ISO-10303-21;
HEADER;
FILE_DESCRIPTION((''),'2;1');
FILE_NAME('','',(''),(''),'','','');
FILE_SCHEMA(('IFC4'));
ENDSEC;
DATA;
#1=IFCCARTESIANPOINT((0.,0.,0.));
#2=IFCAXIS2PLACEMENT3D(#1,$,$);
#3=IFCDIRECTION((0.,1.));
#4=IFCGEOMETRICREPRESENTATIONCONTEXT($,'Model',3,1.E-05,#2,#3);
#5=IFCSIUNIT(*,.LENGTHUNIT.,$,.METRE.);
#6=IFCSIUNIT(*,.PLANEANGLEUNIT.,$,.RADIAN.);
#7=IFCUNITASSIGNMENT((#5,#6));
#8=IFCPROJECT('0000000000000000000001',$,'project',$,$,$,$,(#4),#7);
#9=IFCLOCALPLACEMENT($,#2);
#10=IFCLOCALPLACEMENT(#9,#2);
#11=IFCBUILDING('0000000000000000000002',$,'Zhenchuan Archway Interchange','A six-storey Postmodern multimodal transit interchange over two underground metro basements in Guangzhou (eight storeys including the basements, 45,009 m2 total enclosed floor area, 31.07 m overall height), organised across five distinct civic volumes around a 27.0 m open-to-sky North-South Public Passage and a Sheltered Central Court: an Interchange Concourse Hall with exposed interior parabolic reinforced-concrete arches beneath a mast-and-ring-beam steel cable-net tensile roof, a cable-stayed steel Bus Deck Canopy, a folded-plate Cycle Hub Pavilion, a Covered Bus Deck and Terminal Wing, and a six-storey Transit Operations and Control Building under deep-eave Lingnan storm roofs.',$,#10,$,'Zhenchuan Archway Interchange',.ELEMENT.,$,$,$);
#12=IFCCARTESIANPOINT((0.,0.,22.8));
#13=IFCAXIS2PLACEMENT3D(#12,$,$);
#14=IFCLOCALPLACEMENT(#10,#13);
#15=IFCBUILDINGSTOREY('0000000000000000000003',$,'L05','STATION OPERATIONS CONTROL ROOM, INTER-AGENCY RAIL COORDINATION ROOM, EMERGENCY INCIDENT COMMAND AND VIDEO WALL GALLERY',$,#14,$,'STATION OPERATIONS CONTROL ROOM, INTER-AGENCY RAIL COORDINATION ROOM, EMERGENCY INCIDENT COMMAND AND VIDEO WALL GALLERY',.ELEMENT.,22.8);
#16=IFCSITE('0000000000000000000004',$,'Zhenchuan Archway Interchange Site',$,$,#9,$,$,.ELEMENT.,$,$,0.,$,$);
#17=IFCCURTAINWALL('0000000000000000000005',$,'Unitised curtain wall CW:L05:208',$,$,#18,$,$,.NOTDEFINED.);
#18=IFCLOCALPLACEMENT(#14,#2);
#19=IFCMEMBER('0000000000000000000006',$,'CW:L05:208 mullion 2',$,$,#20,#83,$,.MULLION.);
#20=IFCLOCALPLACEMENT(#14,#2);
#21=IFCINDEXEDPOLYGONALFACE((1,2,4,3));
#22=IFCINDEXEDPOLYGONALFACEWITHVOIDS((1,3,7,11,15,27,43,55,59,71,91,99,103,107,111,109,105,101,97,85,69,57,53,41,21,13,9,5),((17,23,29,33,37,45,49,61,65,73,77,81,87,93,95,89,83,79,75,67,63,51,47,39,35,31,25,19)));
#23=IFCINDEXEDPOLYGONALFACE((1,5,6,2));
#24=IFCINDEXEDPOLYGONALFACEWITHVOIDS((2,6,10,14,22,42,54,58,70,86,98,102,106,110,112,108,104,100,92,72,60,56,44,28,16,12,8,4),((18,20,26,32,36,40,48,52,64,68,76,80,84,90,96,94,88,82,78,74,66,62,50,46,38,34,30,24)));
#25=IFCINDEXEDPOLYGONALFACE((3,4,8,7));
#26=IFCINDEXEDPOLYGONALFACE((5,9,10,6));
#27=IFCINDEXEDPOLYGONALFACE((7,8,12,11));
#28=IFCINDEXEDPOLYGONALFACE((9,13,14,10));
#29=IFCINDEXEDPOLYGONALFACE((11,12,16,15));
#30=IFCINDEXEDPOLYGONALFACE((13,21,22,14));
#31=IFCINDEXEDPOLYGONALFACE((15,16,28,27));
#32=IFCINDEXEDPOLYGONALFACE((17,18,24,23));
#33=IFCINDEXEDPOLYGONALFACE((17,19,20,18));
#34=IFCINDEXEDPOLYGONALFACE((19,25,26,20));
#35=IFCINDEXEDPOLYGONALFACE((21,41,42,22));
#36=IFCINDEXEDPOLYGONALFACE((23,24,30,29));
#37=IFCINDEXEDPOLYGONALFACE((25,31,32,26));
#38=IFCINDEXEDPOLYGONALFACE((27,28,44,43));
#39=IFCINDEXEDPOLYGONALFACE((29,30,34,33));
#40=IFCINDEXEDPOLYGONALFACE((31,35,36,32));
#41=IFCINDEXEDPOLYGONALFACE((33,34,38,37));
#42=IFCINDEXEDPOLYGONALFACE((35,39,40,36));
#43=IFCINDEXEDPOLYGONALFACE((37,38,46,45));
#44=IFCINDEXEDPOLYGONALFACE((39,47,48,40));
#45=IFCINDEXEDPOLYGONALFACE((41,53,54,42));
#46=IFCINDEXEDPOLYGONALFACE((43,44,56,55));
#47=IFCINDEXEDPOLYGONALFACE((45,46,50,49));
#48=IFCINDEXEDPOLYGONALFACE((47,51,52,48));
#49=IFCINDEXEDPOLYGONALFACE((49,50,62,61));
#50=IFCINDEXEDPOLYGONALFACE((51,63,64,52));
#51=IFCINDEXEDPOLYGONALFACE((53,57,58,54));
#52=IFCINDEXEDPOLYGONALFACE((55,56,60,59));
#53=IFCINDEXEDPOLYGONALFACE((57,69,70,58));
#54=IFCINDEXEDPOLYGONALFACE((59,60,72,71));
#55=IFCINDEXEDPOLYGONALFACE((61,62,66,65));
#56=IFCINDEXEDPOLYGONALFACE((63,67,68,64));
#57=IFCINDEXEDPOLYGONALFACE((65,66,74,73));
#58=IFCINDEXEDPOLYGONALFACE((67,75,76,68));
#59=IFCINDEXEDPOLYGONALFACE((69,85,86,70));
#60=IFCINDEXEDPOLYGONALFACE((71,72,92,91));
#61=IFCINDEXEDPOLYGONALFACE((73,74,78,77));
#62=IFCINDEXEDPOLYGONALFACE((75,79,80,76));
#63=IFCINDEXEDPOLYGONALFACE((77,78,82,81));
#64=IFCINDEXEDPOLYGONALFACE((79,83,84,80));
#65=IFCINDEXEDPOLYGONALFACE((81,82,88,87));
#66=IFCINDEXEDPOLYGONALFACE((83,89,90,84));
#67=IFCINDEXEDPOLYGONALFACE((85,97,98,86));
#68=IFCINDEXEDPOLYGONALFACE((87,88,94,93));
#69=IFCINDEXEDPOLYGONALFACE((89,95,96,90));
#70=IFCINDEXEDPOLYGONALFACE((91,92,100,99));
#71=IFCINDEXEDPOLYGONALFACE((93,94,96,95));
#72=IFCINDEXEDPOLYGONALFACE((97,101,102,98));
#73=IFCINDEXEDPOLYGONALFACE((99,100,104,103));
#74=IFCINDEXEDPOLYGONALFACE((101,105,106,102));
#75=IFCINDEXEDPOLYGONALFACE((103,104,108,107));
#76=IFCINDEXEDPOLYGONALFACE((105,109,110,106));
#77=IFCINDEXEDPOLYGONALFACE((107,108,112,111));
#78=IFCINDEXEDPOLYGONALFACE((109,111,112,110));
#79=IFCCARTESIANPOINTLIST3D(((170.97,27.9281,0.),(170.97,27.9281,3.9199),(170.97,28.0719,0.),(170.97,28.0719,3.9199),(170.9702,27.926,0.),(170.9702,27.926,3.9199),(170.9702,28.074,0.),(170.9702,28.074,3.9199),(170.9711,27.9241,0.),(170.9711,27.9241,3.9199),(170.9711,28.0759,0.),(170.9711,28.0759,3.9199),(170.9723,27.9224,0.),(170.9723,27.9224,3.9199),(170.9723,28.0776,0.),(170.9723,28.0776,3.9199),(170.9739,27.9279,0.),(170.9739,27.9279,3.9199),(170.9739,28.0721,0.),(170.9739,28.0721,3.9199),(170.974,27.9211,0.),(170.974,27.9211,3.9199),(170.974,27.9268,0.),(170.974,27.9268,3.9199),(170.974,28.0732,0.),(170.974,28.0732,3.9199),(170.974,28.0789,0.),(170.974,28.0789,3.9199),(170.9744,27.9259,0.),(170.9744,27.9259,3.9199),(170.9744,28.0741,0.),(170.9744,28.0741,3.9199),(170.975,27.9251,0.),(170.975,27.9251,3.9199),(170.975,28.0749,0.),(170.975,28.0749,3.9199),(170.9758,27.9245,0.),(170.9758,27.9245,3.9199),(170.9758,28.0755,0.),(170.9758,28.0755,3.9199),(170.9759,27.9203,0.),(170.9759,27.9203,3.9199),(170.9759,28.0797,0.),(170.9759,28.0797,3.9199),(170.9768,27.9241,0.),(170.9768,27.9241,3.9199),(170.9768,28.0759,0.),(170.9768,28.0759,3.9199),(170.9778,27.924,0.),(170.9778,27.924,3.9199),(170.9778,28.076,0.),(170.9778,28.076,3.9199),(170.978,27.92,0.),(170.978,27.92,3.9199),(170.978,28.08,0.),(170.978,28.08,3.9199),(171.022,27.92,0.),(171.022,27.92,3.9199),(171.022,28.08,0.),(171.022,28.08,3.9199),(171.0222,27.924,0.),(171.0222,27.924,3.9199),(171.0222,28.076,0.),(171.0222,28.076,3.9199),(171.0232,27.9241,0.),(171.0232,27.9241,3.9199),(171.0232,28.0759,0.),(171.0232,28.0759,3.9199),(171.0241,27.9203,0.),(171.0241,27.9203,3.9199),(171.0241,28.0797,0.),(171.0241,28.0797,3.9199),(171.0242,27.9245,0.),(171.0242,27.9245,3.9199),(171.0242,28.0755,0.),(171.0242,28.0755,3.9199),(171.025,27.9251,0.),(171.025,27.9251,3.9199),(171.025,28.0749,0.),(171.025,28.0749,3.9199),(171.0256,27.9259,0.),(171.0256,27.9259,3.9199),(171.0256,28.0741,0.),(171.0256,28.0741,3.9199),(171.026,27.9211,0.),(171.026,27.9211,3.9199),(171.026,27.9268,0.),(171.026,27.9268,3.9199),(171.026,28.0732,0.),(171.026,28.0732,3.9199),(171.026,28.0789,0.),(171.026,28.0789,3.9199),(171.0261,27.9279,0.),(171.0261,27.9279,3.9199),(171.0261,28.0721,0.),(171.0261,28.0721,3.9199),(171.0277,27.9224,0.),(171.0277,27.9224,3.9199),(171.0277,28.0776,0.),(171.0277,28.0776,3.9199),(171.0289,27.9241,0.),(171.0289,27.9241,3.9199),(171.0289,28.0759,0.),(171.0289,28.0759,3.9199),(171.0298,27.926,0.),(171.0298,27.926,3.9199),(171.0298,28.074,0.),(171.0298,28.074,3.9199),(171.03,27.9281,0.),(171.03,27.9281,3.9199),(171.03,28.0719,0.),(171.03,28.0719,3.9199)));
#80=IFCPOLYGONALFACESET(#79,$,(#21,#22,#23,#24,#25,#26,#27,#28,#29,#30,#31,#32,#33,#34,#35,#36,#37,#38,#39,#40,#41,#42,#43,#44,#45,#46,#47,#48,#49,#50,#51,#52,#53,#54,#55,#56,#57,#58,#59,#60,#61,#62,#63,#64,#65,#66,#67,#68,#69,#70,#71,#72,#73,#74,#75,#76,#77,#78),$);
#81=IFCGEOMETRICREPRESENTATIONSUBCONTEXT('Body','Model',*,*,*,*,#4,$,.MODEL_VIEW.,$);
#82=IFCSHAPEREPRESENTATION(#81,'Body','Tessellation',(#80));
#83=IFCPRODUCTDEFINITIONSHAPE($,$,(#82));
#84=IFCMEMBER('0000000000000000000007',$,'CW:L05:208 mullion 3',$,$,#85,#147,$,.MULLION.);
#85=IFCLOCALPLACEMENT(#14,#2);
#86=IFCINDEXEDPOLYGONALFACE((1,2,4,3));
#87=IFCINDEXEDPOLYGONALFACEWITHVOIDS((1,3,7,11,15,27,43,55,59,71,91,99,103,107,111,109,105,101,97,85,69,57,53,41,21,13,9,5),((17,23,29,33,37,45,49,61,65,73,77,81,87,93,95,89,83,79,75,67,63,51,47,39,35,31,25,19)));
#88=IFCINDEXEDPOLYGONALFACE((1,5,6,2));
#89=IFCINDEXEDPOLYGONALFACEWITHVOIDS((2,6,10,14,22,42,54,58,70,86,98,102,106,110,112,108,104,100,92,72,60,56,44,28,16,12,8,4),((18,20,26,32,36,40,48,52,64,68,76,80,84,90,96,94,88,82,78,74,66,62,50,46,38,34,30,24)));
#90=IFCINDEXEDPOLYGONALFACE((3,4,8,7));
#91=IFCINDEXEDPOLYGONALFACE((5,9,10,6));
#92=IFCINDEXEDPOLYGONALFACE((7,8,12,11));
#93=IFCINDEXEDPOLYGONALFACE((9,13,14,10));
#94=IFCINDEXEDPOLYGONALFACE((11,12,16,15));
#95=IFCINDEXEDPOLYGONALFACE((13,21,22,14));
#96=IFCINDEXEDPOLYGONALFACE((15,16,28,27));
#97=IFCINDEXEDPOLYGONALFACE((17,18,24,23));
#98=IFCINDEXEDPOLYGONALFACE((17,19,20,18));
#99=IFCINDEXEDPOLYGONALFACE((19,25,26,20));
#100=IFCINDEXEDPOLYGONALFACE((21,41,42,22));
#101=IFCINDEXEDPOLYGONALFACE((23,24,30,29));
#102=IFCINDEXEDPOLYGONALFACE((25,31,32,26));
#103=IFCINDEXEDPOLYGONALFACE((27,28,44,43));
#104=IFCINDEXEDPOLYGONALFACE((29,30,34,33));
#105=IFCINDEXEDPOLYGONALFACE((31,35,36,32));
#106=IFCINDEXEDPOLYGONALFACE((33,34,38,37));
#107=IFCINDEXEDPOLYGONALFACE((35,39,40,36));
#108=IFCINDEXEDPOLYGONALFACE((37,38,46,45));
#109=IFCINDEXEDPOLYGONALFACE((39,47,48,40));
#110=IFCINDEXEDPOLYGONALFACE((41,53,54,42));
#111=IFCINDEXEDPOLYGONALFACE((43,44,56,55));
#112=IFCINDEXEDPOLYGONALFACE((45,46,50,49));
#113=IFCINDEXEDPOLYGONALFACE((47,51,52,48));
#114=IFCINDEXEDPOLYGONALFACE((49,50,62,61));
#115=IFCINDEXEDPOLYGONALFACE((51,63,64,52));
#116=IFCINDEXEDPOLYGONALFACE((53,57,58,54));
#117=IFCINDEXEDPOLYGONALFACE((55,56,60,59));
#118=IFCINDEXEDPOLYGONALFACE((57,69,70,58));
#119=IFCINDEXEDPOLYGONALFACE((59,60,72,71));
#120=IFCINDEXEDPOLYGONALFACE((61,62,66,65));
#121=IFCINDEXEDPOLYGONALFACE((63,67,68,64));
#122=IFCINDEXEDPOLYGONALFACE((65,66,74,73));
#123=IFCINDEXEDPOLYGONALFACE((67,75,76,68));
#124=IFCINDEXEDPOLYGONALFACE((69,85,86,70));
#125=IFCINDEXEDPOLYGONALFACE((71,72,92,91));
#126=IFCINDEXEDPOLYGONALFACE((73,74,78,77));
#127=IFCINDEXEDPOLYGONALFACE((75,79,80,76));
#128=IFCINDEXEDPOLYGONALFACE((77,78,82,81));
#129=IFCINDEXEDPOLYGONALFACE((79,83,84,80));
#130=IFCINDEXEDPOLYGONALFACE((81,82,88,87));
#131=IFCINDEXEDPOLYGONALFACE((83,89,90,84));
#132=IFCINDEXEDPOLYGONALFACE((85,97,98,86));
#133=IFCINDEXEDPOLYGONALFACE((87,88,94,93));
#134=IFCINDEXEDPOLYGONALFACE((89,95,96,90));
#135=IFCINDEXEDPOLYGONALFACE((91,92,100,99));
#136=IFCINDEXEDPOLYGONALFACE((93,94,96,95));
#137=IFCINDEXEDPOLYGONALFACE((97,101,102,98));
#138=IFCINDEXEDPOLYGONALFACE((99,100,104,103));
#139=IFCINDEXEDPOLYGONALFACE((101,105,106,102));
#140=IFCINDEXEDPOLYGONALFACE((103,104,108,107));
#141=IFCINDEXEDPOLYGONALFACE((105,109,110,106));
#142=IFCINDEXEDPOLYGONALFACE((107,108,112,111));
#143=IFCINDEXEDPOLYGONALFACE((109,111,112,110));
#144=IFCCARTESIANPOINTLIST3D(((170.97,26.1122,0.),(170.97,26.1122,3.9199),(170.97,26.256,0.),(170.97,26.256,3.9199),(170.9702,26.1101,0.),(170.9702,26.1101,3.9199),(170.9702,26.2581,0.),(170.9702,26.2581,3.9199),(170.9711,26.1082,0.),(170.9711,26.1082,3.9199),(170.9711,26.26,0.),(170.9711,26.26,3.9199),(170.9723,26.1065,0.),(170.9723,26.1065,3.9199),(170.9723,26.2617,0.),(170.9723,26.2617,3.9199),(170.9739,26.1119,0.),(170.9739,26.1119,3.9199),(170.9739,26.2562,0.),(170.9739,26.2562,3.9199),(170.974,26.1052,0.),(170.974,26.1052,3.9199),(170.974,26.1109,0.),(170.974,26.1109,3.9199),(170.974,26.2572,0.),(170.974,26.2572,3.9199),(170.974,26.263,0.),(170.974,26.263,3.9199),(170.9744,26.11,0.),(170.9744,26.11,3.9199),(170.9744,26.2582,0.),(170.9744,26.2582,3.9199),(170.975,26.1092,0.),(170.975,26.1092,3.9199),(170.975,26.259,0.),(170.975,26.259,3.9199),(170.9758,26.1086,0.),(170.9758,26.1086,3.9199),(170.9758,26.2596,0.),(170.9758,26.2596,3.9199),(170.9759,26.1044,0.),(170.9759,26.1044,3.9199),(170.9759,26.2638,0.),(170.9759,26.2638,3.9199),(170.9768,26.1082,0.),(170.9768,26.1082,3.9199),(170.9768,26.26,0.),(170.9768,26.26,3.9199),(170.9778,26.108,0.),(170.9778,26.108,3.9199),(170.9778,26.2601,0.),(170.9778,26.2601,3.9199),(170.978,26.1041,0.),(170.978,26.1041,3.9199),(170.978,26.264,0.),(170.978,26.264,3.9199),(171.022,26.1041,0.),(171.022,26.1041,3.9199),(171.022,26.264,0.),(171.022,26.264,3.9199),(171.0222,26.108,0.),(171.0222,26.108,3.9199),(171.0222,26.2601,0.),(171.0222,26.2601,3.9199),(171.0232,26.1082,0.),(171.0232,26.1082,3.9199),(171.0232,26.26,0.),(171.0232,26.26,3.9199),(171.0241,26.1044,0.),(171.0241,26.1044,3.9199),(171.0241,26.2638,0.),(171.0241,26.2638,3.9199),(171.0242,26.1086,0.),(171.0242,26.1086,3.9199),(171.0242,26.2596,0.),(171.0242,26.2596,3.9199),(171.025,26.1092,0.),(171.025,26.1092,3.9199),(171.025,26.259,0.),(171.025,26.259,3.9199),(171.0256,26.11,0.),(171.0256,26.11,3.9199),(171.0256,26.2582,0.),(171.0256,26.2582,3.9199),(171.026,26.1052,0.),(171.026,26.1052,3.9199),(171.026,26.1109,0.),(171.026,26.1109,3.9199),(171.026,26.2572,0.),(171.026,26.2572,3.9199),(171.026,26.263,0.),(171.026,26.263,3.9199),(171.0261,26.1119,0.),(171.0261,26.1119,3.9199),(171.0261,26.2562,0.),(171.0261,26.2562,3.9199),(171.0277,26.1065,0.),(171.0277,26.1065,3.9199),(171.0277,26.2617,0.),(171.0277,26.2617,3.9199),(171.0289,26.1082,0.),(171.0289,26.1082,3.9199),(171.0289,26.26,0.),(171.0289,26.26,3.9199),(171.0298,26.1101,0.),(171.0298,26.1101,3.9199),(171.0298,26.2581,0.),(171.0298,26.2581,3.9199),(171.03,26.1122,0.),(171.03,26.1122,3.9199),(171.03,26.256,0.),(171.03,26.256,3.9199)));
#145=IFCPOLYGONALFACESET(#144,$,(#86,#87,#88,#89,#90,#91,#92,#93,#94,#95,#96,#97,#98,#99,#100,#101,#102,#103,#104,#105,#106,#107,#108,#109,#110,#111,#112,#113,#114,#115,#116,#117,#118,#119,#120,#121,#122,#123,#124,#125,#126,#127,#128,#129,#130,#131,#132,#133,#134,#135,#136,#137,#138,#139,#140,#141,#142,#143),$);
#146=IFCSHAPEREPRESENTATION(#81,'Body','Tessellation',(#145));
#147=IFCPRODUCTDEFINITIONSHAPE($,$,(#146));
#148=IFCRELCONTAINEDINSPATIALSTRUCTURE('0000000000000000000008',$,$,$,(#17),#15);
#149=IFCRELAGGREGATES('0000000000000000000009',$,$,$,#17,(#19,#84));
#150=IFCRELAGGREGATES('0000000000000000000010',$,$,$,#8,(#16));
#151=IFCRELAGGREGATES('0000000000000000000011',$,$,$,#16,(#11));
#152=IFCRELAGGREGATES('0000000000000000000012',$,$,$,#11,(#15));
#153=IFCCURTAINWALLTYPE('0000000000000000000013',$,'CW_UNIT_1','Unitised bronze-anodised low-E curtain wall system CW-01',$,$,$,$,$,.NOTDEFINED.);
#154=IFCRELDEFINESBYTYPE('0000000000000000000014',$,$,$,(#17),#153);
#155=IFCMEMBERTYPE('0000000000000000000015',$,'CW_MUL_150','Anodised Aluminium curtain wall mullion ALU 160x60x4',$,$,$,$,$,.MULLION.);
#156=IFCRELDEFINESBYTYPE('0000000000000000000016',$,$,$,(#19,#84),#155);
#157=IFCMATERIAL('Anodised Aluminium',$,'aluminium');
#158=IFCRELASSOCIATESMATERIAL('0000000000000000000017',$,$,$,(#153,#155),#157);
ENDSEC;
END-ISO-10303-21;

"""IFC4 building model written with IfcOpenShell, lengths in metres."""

from ifc_helpers import new_model, si_unit, direction, frame, origin, origin_2d, place, context, subcontext, project, spatial, hollow_rectangle, extrude, material, material_profile, profile_set, type_object, element, aggregate, save


model = new_model("IFC4")

# Units and contexts
model_context = context("Model", 3, precision=1e-05, world=origin(), true_north=direction((0.0, 1.0)))
body_context = subcontext(model_context, "Body", "Model", "MODEL_VIEW")
ifc_project = project(units=[si_unit("LENGTHUNIT", "METRE"), si_unit("PLANEANGLEUNIT", "RADIAN")], contexts=[model_context])

# Site, building, storey
site_placement = place(None, origin())
site = spatial("IfcSite", under=ifc_project, at=site_placement, Name="Zhenchuan Archway Interchange Site", CompositionType="ELEMENT", RefElevation=0.0)
building_placement = place(site_placement, origin())
building = spatial("IfcBuilding", under=site, at=building_placement, Name="Zhenchuan Archway Interchange", Description="A six-storey Postmodern multimodal transit interchange over two underground metro basements in Guangzhou (eight storeys including the basements, 45,009 m2 total enclosed floor area, 31.07 m overall height), organised across five distinct civic volumes around a 27.0 m open-to-sky North-South Public Passage and a Sheltered Central Court: an Interchange Concourse Hall with exposed interior parabolic reinforced-concrete arches beneath a mast-and-ring-beam steel cable-net tensile roof, a cable-stayed steel Bus Deck Canopy, a folded-plate Cycle Hub Pavilion, a Covered Bus Deck and Terminal Wing, and a six-storey Transit Operations and Control Building under deep-eave Lingnan storm roofs.", LongName="Zhenchuan Archway Interchange", CompositionType="ELEMENT")
storey_placement = place(building_placement, frame((0.0, 0.0, 22.8)))
storey = spatial("IfcBuildingStorey", under=building, at=storey_placement, Name="L05", Description="STATION OPERATIONS CONTROL ROOM, INTER-AGENCY RAIL COORDINATION ROOM, EMERGENCY INCIDENT COMMAND AND VIDEO WALL GALLERY", LongName="STATION OPERATIONS CONTROL ROOM, INTER-AGENCY RAIL COORDINATION ROOM, EMERGENCY INCIDENT COMMAND AND VIDEO WALL GALLERY", CompositionType="ELEMENT", Elevation=22.8)

# Curtain wall, members
ifc_material_1 = material(Name="Anodised Aluminium", Category="aluminium")
curtain_wall_type = type_object("IfcCurtainWallType", Name="CW_UNIT_1", Description="Unitised bronze-anodised low-E curtain wall system CW-01", PredefinedType="NOTDEFINED", material=ifc_material_1)
curtain_wall_placement = place(storey_placement, origin())
curtain_wall = element("IfcCurtainWall", 1, at=curtain_wall_placement, inside=storey, type_object=curtain_wall_type, Name="Unitised curtain wall CW:L05:208", PredefinedType="NOTDEFINED")
ifc_material_profile_1 = material_profile(ifc_material_1, hollow_rectangle(XDim=0.0601, YDim=0.1599, WallThickness=0.0039, InnerFilletRadius=0.0039, OuterFilletRadius=0.0081, at=origin_2d()), Name="ALU 160x60x4")
ifc_profile_set_1 = profile_set([ifc_material_profile_1], Name="Anodised Aluminium")
member_type_1 = type_object("IfcMemberType", Name="CW_MUL_150", Description="Anodised Aluminium curtain wall mullion ALU 160x60x4", PredefinedType="MULLION", material=ifc_profile_set_1)
member_1_placement = place(storey_placement, frame((171.0, 28.0, 0.0), z_axis=(0.0, 0.0, 1.0), x_axis=(1.0, 0.0, 0.0)))
member_1 = element("IfcMember", 2, at=member_1_placement, type_object=member_type_1, Name="CW:L05:208 mullion 2", PredefinedType="MULLION", context=body_context, shape_type="SweptSolid", body=[
    extrude(hollow_rectangle(XDim=0.0601, YDim=0.1599, WallThickness=0.0039, InnerFilletRadius=0.0039, OuterFilletRadius=0.0081, at=origin_2d()), origin(), (0.0, 0.0, 1.0), 3.9199),
])
member_2_placement = place(storey_placement, frame((171.0, 26.1841, 0.0), z_axis=(0.0, 0.0, 1.0), x_axis=(1.0, 0.0, 0.0)))
member_2 = element("IfcMember", 3, at=member_2_placement, type_object=member_type_1, Name="CW:L05:208 mullion 3", PredefinedType="MULLION", context=body_context, shape_type="SweptSolid", body=[
    extrude(hollow_rectangle(XDim=0.0601, YDim=0.1599, WallThickness=0.0039, InnerFilletRadius=0.0039, OuterFilletRadius=0.0081, at=origin_2d()), origin(), (0.0, 0.0, 1.0), 3.9199),
])
aggregate(curtain_wall, [member_1, member_2])

save(model, "model.ifc")
